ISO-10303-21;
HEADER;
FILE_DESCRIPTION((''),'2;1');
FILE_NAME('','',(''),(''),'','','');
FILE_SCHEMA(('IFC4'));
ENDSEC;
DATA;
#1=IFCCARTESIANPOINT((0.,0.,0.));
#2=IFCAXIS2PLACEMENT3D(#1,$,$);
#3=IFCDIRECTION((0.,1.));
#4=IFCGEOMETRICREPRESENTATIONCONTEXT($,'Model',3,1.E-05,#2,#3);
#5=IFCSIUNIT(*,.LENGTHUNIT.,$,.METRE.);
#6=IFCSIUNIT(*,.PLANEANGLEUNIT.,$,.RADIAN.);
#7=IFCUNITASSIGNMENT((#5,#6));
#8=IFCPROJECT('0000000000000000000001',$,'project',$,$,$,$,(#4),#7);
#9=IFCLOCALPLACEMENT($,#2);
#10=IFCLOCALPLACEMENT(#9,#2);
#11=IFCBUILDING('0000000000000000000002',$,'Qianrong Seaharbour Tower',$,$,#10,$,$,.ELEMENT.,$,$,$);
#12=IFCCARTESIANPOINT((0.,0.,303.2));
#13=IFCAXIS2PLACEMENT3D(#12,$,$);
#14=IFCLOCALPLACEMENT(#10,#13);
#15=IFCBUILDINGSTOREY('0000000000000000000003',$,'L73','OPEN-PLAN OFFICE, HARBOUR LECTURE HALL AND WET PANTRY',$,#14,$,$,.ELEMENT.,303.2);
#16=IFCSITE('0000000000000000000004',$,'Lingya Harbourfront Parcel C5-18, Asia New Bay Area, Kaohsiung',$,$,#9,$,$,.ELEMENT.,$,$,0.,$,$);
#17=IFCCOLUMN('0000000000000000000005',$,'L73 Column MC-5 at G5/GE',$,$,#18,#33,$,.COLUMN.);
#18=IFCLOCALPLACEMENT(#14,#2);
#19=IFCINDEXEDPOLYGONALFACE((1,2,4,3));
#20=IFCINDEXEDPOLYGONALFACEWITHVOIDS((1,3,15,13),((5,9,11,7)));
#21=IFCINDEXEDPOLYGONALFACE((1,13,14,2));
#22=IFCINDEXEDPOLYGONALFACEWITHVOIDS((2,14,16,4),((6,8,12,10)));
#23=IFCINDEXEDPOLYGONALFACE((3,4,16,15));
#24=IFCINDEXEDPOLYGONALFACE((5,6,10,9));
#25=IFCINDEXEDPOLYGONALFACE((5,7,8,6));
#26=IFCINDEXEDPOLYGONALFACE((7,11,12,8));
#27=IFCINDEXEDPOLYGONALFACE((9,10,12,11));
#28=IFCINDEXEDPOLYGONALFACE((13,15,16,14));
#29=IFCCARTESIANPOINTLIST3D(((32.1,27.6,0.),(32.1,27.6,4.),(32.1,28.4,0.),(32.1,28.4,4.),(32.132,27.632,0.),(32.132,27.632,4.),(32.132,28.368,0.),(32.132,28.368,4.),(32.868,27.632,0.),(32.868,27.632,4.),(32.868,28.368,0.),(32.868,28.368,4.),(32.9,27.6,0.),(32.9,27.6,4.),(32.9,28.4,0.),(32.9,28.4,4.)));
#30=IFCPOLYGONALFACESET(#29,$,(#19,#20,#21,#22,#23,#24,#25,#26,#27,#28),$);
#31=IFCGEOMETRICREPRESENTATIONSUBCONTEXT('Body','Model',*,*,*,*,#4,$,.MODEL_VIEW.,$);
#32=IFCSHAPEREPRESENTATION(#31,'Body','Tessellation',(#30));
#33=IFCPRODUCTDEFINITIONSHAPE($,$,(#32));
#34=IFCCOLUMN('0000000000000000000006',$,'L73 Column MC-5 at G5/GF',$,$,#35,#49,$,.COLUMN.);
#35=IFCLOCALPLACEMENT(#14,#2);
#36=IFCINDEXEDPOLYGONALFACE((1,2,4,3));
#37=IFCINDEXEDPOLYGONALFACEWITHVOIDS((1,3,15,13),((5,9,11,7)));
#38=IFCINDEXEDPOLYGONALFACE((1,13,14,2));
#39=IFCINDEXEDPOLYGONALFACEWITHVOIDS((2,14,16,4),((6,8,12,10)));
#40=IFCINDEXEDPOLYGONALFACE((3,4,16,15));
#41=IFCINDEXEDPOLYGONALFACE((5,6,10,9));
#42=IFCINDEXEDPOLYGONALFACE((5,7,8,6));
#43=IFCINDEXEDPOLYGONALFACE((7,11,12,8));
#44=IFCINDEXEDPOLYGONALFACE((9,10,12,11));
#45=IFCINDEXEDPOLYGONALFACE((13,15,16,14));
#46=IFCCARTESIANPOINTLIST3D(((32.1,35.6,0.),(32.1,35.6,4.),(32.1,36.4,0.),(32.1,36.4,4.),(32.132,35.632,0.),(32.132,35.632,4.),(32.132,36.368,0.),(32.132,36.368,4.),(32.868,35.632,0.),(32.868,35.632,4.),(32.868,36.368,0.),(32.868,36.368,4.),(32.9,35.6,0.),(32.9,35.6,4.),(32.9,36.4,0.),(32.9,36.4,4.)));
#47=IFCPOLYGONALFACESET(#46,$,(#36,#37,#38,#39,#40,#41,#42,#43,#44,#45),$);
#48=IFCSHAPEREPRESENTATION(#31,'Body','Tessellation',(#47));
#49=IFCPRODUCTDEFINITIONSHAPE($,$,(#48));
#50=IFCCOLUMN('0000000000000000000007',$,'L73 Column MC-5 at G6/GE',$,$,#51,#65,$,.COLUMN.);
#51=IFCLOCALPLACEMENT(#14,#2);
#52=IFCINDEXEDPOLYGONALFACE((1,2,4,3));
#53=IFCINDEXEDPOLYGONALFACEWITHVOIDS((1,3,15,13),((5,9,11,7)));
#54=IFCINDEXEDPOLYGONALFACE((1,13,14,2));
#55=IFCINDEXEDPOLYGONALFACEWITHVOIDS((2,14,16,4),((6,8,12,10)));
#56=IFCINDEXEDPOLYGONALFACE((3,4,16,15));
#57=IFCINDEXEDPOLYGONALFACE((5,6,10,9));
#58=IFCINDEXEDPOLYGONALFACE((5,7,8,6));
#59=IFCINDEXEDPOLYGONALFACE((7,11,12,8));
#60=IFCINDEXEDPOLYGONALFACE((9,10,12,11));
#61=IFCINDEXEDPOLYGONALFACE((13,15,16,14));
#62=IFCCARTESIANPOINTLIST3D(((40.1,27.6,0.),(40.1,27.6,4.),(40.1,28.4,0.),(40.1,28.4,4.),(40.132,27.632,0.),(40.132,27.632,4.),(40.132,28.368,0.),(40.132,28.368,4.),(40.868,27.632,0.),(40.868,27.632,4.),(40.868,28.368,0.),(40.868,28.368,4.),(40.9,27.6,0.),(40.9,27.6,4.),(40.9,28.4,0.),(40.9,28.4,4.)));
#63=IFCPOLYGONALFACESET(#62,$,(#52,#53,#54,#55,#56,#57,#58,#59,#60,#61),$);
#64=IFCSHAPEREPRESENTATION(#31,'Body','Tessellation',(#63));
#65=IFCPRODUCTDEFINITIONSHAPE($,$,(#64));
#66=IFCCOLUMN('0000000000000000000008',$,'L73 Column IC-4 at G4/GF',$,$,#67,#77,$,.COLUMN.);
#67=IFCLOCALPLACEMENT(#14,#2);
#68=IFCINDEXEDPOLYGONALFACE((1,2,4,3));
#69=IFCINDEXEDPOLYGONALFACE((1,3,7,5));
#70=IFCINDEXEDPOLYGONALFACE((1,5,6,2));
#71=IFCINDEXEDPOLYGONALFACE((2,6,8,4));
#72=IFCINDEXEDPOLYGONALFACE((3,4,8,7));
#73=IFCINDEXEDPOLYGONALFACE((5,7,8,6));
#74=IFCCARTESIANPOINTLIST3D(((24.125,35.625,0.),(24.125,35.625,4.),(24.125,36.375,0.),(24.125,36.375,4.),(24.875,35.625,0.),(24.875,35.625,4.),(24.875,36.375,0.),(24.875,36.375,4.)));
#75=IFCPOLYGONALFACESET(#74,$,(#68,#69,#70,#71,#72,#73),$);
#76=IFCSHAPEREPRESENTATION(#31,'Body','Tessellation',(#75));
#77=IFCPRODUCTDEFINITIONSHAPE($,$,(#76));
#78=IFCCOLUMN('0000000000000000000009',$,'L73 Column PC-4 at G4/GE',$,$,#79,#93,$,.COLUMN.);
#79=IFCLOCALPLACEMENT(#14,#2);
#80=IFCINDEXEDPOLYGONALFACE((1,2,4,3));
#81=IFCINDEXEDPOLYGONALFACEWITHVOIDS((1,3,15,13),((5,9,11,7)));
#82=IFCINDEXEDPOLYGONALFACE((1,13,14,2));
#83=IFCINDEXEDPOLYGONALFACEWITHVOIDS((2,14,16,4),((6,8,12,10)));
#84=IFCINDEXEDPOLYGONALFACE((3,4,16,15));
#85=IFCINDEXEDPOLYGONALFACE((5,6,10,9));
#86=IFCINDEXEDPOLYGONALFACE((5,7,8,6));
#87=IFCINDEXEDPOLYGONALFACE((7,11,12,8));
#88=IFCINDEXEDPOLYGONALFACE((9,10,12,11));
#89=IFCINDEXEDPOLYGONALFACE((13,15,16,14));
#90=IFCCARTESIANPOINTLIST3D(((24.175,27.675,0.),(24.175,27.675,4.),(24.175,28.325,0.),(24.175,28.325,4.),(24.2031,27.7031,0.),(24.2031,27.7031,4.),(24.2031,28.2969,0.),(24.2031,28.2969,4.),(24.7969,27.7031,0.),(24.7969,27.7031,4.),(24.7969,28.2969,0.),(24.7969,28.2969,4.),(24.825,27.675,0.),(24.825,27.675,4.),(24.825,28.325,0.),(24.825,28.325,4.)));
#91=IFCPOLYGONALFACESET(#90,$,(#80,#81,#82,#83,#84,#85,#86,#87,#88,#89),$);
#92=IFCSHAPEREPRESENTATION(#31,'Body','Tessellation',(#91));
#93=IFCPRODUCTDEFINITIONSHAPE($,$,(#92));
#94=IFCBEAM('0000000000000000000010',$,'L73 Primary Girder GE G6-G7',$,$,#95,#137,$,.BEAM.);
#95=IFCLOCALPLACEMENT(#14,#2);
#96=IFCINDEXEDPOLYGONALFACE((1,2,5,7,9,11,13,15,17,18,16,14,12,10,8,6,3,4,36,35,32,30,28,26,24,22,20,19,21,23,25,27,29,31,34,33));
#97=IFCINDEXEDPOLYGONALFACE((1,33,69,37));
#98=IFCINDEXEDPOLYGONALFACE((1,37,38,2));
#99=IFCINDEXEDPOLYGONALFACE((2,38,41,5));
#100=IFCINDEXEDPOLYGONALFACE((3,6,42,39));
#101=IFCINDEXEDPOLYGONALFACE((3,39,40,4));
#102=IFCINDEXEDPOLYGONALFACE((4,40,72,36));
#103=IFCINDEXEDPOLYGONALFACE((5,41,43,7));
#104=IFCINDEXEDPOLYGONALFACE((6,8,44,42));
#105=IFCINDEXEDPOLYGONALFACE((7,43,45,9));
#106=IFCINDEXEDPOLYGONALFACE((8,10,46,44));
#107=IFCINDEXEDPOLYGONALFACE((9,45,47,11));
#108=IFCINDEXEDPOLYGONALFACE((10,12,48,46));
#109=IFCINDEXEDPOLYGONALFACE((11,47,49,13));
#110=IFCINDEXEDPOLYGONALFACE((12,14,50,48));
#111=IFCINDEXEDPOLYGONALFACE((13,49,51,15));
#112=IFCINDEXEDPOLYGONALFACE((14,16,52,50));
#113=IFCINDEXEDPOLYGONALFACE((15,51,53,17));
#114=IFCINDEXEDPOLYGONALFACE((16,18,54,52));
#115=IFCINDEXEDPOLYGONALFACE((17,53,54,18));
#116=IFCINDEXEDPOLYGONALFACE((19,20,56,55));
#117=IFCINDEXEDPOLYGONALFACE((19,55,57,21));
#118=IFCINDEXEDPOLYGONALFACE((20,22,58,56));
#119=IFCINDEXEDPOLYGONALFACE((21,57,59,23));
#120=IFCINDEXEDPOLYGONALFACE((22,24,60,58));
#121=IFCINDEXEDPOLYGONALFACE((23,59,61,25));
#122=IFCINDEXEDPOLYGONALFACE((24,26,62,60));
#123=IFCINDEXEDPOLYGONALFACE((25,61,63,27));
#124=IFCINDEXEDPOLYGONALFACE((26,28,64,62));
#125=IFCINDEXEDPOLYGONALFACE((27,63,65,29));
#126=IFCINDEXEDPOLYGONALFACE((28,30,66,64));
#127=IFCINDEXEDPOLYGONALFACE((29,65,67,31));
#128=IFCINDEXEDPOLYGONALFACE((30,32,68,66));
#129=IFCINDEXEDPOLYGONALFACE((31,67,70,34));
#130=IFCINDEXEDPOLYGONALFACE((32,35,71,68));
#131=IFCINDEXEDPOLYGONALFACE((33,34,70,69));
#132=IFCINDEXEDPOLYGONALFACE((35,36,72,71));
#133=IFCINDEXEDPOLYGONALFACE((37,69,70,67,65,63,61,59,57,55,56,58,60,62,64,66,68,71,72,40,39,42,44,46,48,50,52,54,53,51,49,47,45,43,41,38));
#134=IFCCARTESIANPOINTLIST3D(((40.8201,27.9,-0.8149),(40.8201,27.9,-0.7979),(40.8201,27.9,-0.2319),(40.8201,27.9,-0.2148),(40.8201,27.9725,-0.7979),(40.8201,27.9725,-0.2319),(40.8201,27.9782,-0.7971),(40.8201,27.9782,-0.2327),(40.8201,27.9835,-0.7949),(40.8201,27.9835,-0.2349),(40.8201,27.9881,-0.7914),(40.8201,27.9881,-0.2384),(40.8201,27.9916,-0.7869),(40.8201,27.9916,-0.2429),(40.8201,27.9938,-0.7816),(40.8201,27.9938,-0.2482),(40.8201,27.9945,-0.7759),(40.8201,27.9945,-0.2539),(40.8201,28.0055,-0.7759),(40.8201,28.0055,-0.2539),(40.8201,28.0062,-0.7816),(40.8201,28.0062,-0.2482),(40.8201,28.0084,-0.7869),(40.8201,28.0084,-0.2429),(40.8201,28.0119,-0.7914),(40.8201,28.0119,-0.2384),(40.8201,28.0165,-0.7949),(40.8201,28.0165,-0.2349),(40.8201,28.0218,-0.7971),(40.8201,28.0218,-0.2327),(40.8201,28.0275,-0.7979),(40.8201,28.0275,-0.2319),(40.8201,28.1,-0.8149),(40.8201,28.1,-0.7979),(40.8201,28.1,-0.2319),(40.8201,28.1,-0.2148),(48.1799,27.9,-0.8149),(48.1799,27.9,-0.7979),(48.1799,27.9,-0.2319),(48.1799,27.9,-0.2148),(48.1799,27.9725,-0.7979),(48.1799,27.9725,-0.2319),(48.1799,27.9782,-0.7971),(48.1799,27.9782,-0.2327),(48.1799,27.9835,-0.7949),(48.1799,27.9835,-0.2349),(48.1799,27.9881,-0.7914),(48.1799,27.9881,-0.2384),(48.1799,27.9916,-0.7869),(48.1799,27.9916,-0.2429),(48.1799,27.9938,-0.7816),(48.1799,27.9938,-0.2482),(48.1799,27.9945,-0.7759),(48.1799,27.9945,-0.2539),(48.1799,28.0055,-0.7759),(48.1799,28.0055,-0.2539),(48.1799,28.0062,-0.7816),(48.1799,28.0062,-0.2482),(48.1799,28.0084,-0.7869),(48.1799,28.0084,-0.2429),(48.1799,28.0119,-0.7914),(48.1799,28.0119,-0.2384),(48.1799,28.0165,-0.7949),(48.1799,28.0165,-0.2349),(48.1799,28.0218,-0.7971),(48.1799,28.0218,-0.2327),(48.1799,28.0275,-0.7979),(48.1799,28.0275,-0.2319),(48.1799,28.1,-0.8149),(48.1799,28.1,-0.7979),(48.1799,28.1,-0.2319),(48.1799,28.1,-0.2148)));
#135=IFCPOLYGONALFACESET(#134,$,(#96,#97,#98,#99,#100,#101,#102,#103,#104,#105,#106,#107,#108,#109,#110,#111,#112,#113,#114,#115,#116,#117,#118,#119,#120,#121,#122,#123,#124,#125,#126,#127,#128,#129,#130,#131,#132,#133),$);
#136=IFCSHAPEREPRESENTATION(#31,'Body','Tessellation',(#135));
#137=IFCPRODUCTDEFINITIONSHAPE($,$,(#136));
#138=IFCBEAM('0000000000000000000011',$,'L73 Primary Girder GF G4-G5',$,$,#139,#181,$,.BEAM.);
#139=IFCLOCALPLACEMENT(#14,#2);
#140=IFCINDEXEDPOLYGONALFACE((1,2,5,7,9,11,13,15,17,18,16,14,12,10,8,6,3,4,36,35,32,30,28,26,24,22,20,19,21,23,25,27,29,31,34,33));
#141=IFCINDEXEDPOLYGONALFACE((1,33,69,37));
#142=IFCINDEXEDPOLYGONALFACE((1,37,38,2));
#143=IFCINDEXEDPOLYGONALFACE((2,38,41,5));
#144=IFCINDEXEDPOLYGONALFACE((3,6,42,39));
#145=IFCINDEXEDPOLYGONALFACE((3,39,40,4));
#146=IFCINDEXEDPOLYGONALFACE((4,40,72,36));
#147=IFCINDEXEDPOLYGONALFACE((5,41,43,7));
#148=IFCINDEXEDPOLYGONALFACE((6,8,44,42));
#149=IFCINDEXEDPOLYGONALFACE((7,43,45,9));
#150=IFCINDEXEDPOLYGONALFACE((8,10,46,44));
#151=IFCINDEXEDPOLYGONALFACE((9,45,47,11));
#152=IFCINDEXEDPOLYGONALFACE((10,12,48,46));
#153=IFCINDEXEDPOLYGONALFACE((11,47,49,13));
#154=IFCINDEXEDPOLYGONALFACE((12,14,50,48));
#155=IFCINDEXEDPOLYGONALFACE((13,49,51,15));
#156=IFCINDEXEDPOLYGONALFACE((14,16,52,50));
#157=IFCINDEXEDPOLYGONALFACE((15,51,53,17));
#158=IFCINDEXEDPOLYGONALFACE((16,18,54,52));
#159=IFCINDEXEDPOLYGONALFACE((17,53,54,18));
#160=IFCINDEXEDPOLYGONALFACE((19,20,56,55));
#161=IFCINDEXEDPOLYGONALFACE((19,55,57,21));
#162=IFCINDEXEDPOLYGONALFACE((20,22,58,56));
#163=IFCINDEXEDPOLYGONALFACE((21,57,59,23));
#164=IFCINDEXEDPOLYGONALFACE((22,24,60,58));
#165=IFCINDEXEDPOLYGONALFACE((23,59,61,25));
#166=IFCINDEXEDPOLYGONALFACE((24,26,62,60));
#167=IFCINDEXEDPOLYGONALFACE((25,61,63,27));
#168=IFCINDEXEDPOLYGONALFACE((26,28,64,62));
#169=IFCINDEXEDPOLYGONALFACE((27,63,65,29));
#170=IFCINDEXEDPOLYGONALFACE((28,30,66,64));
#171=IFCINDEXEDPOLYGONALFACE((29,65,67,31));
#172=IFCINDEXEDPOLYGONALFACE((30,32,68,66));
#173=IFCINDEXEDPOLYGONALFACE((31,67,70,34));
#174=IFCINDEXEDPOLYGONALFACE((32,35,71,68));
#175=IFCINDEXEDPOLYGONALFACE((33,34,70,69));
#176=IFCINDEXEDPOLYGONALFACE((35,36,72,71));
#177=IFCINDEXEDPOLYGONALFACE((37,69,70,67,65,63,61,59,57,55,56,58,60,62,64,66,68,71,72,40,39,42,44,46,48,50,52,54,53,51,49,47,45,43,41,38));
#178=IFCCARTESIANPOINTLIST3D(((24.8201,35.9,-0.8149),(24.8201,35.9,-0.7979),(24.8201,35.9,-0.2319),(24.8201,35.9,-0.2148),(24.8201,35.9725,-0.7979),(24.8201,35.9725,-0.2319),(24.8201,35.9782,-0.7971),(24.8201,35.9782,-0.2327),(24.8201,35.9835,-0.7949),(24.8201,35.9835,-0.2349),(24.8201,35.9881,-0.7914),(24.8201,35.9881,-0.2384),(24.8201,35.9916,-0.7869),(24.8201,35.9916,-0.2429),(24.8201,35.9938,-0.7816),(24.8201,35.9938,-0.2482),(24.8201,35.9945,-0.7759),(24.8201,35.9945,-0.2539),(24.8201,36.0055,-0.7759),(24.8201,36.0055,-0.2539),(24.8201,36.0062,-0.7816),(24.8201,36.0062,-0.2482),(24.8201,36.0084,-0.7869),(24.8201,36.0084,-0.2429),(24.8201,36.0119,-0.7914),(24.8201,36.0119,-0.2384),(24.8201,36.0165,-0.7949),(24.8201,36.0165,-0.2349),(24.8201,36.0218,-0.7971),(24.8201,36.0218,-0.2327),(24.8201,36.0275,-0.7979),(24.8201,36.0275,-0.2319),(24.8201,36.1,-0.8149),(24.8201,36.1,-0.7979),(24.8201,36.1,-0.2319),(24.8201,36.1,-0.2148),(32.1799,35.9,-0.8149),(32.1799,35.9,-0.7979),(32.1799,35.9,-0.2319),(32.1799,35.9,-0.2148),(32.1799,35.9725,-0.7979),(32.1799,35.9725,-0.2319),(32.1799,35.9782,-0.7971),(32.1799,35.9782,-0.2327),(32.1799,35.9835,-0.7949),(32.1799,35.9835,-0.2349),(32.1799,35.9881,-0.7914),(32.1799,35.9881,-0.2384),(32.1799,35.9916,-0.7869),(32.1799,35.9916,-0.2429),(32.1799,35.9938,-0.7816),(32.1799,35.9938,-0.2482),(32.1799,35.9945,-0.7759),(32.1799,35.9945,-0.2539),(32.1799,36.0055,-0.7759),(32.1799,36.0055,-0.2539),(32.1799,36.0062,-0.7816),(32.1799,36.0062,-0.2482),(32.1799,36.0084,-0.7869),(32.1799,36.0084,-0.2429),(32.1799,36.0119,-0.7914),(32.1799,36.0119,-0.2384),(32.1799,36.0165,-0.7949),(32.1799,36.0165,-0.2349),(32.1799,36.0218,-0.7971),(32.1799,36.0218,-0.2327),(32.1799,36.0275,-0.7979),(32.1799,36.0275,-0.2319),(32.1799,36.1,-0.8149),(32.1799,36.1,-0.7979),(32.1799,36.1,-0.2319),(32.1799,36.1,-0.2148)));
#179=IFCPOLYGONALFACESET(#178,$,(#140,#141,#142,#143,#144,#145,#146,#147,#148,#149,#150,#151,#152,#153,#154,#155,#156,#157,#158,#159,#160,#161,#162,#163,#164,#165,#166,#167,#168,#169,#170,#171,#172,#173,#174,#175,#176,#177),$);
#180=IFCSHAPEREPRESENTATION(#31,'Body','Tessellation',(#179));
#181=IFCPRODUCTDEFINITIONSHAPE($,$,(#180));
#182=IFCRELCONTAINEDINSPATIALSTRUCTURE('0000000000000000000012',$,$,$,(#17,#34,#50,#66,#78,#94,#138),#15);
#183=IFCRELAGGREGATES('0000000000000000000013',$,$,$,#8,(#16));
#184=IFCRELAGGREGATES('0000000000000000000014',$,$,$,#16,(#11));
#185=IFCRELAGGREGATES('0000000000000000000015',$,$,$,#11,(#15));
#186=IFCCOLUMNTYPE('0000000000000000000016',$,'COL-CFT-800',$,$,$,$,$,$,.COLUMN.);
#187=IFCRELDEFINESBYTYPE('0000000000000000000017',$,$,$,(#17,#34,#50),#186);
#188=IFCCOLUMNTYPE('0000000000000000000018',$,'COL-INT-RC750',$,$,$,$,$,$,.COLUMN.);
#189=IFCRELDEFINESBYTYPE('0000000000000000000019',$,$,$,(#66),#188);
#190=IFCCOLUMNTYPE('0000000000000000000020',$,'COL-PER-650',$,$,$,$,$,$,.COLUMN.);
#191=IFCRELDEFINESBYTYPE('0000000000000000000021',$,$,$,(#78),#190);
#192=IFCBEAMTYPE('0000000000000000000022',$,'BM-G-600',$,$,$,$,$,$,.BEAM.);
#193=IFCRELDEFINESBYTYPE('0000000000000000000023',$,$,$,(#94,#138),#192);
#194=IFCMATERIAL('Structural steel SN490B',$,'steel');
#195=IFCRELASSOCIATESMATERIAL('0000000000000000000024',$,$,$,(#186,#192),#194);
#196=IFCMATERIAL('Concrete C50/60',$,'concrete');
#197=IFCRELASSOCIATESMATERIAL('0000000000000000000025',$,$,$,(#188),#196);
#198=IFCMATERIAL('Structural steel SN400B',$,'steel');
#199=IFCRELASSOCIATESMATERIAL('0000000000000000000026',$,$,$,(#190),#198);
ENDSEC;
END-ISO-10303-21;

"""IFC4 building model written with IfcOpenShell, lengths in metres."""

from ifc_helpers import new_model, si_unit, direction, frame, origin, origin_2d, place, context, subcontext, project, spatial, rectangle, hollow_rectangle, i_section, extrude, material, material_profile, profile_set, type_object, element, save


model = new_model("IFC4")

# Units and contexts
model_context = context("Model", 3, precision=1e-05, world=origin(), true_north=direction((0.0, 1.0)))
body_context = subcontext(model_context, "Body", "Model", "MODEL_VIEW")
ifc_project = project(units=[si_unit("LENGTHUNIT", "METRE"), si_unit("PLANEANGLEUNIT", "RADIAN")], contexts=[model_context])

# Site, building, storey
site_placement = place(None, origin())
site = spatial("IfcSite", under=ifc_project, at=site_placement, Name="Lingya Harbourfront Parcel C5-18, Asia New Bay Area, Kaohsiung", CompositionType="ELEMENT", RefElevation=0.0)
building_placement = place(site_placement, origin())
building = spatial("IfcBuilding", under=site, at=building_placement, Name="Qianrong Seaharbour Tower", CompositionType="ELEMENT")
storey_placement = place(building_placement, frame((0.0, 0.0, 303.2)))
storey = spatial("IfcBuildingStorey", under=building, at=storey_placement, Name="L73", Description="OPEN-PLAN OFFICE, HARBOUR LECTURE HALL AND WET PANTRY", CompositionType="ELEMENT", Elevation=303.2)

# Columns
ifc_material_1 = material(Name="Structural steel SN490B", Category="steel")
ifc_material_profile_1 = material_profile(ifc_material_1, hollow_rectangle(XDim=0.8, YDim=0.8, WallThickness=0.032, at=origin_2d()), Name="BOX800x800x32")
ifc_profile_set_1 = profile_set([ifc_material_profile_1], Name="Structural steel SN490B")
column_type_1 = type_object("IfcColumnType", Name="COL-CFT-800", PredefinedType="COLUMN", material=ifc_profile_set_1)
for number, where, z_axis, x_axis, name in (
    (1, (32.5, 28.0, 0.0), (0.0, 0.0, 1.0), (1.0, 0.0, 0.0), "L73 Column MC-5 at G5/GE"),
    (2, (32.5, 36.0, 0.0), (0.0, 0.0, 1.0), (1.0, 0.0, 0.0), "L73 Column MC-5 at G5/GF"),
    (3, (40.5, 28.0, 0.0), (0.0, 0.0, 1.0), (1.0, 0.0, 0.0), "L73 Column MC-5 at G6/GE"),
):
    element("IfcColumn", number, at=place(storey_placement, frame(where, z_axis=z_axis, x_axis=x_axis)), inside=storey, type_object=column_type_1, Name=name, PredefinedType="COLUMN", context=body_context, shape_type="SweptSolid", body=[
        extrude(hollow_rectangle(XDim=0.8, YDim=0.8, WallThickness=0.032, at=origin_2d()), origin(), (0.0, 0.0, 1.0), 4.0),
    ])
ifc_material_2 = material(Name="Concrete C50/60", Category="concrete")
ifc_material_profile_2 = material_profile(ifc_material_2, rectangle(XDim=0.75, YDim=0.75, at=origin_2d()), Name="RC750x750")
ifc_profile_set_2 = profile_set([ifc_material_profile_2], Name="Concrete C50/60")
column_type_2 = type_object("IfcColumnType", Name="COL-INT-RC750", PredefinedType="COLUMN", material=ifc_profile_set_2)
column_1_placement = place(storey_placement, frame((24.5, 36.0, 0.0), z_axis=(0.0, 0.0, 1.0), x_axis=(1.0, 0.0, 0.0)))
element("IfcColumn", 4, at=column_1_placement, inside=storey, type_object=column_type_2, Name="L73 Column IC-4 at G4/GF", PredefinedType="COLUMN", context=body_context, shape_type="SweptSolid", body=[
    extrude(rectangle(XDim=0.75, YDim=0.75, at=origin_2d()), origin(), (0.0, 0.0, 1.0), 4.0),
])
ifc_material_3 = material(Name="Structural steel SN400B", Category="steel")
ifc_material_profile_3 = material_profile(ifc_material_3, hollow_rectangle(XDim=0.6499, YDim=0.6499, WallThickness=0.0281, at=origin_2d()), Name="BOX650x650x28")
ifc_profile_set_3 = profile_set([ifc_material_profile_3], Name="Structural steel SN400B")
column_type_3 = type_object("IfcColumnType", Name="COL-PER-650", PredefinedType="COLUMN", material=ifc_profile_set_3)
column_2_placement = place(storey_placement, frame((24.5, 28.0, 0.0), z_axis=(0.0, 0.0, 1.0), x_axis=(1.0, 0.0, 0.0)))
element("IfcColumn", 5, at=column_2_placement, inside=storey, type_object=column_type_3, Name="L73 Column PC-4 at G4/GE", PredefinedType="COLUMN", context=body_context, shape_type="SweptSolid", body=[
    extrude(hollow_rectangle(XDim=0.6499, YDim=0.6499, WallThickness=0.0281, at=origin_2d()), origin(), (0.0, 0.0, 1.0), 4.0),
])

# Beams
ifc_material_profile_4 = material_profile(ifc_material_1, i_section(OverallWidth=0.2, OverallDepth=0.6001, WebThickness=0.011, FlangeThickness=0.0171, FilletRadius=0.022, at=origin_2d()), Name="H600x200x11x17")
ifc_profile_set_4 = profile_set([ifc_material_profile_4], Name="Structural steel SN490B")
beam_type_1 = type_object("IfcBeamType", Name="BM-G-600", PredefinedType="BEAM", material=ifc_profile_set_4)
for number, where, z_axis, x_axis, name in (
    (6, (40.8201, 28.0, -0.5149), (1.0, 0.0, 0.0), (0.0, 1.0, 0.0), "L73 Primary Girder GE G6-G7"),
    (7, (24.8201, 36.0, -0.5149), (1.0, 0.0, 0.0), (0.0, 1.0, 0.0), "L73 Primary Girder GF G4-G5"),
):
    element("IfcBeam", number, at=place(storey_placement, frame(where, z_axis=z_axis, x_axis=x_axis)), inside=storey, type_object=beam_type_1, Name=name, PredefinedType="BEAM", context=body_context, shape_type="SweptSolid", body=[
        extrude(i_section(OverallWidth=0.2, OverallDepth=0.6001, WebThickness=0.011, FlangeThickness=0.0171, FilletRadius=0.022, at=origin_2d()), origin(), (0.0, 0.0, 1.0), 7.3599),
    ])

save(model, "model.ifc")
